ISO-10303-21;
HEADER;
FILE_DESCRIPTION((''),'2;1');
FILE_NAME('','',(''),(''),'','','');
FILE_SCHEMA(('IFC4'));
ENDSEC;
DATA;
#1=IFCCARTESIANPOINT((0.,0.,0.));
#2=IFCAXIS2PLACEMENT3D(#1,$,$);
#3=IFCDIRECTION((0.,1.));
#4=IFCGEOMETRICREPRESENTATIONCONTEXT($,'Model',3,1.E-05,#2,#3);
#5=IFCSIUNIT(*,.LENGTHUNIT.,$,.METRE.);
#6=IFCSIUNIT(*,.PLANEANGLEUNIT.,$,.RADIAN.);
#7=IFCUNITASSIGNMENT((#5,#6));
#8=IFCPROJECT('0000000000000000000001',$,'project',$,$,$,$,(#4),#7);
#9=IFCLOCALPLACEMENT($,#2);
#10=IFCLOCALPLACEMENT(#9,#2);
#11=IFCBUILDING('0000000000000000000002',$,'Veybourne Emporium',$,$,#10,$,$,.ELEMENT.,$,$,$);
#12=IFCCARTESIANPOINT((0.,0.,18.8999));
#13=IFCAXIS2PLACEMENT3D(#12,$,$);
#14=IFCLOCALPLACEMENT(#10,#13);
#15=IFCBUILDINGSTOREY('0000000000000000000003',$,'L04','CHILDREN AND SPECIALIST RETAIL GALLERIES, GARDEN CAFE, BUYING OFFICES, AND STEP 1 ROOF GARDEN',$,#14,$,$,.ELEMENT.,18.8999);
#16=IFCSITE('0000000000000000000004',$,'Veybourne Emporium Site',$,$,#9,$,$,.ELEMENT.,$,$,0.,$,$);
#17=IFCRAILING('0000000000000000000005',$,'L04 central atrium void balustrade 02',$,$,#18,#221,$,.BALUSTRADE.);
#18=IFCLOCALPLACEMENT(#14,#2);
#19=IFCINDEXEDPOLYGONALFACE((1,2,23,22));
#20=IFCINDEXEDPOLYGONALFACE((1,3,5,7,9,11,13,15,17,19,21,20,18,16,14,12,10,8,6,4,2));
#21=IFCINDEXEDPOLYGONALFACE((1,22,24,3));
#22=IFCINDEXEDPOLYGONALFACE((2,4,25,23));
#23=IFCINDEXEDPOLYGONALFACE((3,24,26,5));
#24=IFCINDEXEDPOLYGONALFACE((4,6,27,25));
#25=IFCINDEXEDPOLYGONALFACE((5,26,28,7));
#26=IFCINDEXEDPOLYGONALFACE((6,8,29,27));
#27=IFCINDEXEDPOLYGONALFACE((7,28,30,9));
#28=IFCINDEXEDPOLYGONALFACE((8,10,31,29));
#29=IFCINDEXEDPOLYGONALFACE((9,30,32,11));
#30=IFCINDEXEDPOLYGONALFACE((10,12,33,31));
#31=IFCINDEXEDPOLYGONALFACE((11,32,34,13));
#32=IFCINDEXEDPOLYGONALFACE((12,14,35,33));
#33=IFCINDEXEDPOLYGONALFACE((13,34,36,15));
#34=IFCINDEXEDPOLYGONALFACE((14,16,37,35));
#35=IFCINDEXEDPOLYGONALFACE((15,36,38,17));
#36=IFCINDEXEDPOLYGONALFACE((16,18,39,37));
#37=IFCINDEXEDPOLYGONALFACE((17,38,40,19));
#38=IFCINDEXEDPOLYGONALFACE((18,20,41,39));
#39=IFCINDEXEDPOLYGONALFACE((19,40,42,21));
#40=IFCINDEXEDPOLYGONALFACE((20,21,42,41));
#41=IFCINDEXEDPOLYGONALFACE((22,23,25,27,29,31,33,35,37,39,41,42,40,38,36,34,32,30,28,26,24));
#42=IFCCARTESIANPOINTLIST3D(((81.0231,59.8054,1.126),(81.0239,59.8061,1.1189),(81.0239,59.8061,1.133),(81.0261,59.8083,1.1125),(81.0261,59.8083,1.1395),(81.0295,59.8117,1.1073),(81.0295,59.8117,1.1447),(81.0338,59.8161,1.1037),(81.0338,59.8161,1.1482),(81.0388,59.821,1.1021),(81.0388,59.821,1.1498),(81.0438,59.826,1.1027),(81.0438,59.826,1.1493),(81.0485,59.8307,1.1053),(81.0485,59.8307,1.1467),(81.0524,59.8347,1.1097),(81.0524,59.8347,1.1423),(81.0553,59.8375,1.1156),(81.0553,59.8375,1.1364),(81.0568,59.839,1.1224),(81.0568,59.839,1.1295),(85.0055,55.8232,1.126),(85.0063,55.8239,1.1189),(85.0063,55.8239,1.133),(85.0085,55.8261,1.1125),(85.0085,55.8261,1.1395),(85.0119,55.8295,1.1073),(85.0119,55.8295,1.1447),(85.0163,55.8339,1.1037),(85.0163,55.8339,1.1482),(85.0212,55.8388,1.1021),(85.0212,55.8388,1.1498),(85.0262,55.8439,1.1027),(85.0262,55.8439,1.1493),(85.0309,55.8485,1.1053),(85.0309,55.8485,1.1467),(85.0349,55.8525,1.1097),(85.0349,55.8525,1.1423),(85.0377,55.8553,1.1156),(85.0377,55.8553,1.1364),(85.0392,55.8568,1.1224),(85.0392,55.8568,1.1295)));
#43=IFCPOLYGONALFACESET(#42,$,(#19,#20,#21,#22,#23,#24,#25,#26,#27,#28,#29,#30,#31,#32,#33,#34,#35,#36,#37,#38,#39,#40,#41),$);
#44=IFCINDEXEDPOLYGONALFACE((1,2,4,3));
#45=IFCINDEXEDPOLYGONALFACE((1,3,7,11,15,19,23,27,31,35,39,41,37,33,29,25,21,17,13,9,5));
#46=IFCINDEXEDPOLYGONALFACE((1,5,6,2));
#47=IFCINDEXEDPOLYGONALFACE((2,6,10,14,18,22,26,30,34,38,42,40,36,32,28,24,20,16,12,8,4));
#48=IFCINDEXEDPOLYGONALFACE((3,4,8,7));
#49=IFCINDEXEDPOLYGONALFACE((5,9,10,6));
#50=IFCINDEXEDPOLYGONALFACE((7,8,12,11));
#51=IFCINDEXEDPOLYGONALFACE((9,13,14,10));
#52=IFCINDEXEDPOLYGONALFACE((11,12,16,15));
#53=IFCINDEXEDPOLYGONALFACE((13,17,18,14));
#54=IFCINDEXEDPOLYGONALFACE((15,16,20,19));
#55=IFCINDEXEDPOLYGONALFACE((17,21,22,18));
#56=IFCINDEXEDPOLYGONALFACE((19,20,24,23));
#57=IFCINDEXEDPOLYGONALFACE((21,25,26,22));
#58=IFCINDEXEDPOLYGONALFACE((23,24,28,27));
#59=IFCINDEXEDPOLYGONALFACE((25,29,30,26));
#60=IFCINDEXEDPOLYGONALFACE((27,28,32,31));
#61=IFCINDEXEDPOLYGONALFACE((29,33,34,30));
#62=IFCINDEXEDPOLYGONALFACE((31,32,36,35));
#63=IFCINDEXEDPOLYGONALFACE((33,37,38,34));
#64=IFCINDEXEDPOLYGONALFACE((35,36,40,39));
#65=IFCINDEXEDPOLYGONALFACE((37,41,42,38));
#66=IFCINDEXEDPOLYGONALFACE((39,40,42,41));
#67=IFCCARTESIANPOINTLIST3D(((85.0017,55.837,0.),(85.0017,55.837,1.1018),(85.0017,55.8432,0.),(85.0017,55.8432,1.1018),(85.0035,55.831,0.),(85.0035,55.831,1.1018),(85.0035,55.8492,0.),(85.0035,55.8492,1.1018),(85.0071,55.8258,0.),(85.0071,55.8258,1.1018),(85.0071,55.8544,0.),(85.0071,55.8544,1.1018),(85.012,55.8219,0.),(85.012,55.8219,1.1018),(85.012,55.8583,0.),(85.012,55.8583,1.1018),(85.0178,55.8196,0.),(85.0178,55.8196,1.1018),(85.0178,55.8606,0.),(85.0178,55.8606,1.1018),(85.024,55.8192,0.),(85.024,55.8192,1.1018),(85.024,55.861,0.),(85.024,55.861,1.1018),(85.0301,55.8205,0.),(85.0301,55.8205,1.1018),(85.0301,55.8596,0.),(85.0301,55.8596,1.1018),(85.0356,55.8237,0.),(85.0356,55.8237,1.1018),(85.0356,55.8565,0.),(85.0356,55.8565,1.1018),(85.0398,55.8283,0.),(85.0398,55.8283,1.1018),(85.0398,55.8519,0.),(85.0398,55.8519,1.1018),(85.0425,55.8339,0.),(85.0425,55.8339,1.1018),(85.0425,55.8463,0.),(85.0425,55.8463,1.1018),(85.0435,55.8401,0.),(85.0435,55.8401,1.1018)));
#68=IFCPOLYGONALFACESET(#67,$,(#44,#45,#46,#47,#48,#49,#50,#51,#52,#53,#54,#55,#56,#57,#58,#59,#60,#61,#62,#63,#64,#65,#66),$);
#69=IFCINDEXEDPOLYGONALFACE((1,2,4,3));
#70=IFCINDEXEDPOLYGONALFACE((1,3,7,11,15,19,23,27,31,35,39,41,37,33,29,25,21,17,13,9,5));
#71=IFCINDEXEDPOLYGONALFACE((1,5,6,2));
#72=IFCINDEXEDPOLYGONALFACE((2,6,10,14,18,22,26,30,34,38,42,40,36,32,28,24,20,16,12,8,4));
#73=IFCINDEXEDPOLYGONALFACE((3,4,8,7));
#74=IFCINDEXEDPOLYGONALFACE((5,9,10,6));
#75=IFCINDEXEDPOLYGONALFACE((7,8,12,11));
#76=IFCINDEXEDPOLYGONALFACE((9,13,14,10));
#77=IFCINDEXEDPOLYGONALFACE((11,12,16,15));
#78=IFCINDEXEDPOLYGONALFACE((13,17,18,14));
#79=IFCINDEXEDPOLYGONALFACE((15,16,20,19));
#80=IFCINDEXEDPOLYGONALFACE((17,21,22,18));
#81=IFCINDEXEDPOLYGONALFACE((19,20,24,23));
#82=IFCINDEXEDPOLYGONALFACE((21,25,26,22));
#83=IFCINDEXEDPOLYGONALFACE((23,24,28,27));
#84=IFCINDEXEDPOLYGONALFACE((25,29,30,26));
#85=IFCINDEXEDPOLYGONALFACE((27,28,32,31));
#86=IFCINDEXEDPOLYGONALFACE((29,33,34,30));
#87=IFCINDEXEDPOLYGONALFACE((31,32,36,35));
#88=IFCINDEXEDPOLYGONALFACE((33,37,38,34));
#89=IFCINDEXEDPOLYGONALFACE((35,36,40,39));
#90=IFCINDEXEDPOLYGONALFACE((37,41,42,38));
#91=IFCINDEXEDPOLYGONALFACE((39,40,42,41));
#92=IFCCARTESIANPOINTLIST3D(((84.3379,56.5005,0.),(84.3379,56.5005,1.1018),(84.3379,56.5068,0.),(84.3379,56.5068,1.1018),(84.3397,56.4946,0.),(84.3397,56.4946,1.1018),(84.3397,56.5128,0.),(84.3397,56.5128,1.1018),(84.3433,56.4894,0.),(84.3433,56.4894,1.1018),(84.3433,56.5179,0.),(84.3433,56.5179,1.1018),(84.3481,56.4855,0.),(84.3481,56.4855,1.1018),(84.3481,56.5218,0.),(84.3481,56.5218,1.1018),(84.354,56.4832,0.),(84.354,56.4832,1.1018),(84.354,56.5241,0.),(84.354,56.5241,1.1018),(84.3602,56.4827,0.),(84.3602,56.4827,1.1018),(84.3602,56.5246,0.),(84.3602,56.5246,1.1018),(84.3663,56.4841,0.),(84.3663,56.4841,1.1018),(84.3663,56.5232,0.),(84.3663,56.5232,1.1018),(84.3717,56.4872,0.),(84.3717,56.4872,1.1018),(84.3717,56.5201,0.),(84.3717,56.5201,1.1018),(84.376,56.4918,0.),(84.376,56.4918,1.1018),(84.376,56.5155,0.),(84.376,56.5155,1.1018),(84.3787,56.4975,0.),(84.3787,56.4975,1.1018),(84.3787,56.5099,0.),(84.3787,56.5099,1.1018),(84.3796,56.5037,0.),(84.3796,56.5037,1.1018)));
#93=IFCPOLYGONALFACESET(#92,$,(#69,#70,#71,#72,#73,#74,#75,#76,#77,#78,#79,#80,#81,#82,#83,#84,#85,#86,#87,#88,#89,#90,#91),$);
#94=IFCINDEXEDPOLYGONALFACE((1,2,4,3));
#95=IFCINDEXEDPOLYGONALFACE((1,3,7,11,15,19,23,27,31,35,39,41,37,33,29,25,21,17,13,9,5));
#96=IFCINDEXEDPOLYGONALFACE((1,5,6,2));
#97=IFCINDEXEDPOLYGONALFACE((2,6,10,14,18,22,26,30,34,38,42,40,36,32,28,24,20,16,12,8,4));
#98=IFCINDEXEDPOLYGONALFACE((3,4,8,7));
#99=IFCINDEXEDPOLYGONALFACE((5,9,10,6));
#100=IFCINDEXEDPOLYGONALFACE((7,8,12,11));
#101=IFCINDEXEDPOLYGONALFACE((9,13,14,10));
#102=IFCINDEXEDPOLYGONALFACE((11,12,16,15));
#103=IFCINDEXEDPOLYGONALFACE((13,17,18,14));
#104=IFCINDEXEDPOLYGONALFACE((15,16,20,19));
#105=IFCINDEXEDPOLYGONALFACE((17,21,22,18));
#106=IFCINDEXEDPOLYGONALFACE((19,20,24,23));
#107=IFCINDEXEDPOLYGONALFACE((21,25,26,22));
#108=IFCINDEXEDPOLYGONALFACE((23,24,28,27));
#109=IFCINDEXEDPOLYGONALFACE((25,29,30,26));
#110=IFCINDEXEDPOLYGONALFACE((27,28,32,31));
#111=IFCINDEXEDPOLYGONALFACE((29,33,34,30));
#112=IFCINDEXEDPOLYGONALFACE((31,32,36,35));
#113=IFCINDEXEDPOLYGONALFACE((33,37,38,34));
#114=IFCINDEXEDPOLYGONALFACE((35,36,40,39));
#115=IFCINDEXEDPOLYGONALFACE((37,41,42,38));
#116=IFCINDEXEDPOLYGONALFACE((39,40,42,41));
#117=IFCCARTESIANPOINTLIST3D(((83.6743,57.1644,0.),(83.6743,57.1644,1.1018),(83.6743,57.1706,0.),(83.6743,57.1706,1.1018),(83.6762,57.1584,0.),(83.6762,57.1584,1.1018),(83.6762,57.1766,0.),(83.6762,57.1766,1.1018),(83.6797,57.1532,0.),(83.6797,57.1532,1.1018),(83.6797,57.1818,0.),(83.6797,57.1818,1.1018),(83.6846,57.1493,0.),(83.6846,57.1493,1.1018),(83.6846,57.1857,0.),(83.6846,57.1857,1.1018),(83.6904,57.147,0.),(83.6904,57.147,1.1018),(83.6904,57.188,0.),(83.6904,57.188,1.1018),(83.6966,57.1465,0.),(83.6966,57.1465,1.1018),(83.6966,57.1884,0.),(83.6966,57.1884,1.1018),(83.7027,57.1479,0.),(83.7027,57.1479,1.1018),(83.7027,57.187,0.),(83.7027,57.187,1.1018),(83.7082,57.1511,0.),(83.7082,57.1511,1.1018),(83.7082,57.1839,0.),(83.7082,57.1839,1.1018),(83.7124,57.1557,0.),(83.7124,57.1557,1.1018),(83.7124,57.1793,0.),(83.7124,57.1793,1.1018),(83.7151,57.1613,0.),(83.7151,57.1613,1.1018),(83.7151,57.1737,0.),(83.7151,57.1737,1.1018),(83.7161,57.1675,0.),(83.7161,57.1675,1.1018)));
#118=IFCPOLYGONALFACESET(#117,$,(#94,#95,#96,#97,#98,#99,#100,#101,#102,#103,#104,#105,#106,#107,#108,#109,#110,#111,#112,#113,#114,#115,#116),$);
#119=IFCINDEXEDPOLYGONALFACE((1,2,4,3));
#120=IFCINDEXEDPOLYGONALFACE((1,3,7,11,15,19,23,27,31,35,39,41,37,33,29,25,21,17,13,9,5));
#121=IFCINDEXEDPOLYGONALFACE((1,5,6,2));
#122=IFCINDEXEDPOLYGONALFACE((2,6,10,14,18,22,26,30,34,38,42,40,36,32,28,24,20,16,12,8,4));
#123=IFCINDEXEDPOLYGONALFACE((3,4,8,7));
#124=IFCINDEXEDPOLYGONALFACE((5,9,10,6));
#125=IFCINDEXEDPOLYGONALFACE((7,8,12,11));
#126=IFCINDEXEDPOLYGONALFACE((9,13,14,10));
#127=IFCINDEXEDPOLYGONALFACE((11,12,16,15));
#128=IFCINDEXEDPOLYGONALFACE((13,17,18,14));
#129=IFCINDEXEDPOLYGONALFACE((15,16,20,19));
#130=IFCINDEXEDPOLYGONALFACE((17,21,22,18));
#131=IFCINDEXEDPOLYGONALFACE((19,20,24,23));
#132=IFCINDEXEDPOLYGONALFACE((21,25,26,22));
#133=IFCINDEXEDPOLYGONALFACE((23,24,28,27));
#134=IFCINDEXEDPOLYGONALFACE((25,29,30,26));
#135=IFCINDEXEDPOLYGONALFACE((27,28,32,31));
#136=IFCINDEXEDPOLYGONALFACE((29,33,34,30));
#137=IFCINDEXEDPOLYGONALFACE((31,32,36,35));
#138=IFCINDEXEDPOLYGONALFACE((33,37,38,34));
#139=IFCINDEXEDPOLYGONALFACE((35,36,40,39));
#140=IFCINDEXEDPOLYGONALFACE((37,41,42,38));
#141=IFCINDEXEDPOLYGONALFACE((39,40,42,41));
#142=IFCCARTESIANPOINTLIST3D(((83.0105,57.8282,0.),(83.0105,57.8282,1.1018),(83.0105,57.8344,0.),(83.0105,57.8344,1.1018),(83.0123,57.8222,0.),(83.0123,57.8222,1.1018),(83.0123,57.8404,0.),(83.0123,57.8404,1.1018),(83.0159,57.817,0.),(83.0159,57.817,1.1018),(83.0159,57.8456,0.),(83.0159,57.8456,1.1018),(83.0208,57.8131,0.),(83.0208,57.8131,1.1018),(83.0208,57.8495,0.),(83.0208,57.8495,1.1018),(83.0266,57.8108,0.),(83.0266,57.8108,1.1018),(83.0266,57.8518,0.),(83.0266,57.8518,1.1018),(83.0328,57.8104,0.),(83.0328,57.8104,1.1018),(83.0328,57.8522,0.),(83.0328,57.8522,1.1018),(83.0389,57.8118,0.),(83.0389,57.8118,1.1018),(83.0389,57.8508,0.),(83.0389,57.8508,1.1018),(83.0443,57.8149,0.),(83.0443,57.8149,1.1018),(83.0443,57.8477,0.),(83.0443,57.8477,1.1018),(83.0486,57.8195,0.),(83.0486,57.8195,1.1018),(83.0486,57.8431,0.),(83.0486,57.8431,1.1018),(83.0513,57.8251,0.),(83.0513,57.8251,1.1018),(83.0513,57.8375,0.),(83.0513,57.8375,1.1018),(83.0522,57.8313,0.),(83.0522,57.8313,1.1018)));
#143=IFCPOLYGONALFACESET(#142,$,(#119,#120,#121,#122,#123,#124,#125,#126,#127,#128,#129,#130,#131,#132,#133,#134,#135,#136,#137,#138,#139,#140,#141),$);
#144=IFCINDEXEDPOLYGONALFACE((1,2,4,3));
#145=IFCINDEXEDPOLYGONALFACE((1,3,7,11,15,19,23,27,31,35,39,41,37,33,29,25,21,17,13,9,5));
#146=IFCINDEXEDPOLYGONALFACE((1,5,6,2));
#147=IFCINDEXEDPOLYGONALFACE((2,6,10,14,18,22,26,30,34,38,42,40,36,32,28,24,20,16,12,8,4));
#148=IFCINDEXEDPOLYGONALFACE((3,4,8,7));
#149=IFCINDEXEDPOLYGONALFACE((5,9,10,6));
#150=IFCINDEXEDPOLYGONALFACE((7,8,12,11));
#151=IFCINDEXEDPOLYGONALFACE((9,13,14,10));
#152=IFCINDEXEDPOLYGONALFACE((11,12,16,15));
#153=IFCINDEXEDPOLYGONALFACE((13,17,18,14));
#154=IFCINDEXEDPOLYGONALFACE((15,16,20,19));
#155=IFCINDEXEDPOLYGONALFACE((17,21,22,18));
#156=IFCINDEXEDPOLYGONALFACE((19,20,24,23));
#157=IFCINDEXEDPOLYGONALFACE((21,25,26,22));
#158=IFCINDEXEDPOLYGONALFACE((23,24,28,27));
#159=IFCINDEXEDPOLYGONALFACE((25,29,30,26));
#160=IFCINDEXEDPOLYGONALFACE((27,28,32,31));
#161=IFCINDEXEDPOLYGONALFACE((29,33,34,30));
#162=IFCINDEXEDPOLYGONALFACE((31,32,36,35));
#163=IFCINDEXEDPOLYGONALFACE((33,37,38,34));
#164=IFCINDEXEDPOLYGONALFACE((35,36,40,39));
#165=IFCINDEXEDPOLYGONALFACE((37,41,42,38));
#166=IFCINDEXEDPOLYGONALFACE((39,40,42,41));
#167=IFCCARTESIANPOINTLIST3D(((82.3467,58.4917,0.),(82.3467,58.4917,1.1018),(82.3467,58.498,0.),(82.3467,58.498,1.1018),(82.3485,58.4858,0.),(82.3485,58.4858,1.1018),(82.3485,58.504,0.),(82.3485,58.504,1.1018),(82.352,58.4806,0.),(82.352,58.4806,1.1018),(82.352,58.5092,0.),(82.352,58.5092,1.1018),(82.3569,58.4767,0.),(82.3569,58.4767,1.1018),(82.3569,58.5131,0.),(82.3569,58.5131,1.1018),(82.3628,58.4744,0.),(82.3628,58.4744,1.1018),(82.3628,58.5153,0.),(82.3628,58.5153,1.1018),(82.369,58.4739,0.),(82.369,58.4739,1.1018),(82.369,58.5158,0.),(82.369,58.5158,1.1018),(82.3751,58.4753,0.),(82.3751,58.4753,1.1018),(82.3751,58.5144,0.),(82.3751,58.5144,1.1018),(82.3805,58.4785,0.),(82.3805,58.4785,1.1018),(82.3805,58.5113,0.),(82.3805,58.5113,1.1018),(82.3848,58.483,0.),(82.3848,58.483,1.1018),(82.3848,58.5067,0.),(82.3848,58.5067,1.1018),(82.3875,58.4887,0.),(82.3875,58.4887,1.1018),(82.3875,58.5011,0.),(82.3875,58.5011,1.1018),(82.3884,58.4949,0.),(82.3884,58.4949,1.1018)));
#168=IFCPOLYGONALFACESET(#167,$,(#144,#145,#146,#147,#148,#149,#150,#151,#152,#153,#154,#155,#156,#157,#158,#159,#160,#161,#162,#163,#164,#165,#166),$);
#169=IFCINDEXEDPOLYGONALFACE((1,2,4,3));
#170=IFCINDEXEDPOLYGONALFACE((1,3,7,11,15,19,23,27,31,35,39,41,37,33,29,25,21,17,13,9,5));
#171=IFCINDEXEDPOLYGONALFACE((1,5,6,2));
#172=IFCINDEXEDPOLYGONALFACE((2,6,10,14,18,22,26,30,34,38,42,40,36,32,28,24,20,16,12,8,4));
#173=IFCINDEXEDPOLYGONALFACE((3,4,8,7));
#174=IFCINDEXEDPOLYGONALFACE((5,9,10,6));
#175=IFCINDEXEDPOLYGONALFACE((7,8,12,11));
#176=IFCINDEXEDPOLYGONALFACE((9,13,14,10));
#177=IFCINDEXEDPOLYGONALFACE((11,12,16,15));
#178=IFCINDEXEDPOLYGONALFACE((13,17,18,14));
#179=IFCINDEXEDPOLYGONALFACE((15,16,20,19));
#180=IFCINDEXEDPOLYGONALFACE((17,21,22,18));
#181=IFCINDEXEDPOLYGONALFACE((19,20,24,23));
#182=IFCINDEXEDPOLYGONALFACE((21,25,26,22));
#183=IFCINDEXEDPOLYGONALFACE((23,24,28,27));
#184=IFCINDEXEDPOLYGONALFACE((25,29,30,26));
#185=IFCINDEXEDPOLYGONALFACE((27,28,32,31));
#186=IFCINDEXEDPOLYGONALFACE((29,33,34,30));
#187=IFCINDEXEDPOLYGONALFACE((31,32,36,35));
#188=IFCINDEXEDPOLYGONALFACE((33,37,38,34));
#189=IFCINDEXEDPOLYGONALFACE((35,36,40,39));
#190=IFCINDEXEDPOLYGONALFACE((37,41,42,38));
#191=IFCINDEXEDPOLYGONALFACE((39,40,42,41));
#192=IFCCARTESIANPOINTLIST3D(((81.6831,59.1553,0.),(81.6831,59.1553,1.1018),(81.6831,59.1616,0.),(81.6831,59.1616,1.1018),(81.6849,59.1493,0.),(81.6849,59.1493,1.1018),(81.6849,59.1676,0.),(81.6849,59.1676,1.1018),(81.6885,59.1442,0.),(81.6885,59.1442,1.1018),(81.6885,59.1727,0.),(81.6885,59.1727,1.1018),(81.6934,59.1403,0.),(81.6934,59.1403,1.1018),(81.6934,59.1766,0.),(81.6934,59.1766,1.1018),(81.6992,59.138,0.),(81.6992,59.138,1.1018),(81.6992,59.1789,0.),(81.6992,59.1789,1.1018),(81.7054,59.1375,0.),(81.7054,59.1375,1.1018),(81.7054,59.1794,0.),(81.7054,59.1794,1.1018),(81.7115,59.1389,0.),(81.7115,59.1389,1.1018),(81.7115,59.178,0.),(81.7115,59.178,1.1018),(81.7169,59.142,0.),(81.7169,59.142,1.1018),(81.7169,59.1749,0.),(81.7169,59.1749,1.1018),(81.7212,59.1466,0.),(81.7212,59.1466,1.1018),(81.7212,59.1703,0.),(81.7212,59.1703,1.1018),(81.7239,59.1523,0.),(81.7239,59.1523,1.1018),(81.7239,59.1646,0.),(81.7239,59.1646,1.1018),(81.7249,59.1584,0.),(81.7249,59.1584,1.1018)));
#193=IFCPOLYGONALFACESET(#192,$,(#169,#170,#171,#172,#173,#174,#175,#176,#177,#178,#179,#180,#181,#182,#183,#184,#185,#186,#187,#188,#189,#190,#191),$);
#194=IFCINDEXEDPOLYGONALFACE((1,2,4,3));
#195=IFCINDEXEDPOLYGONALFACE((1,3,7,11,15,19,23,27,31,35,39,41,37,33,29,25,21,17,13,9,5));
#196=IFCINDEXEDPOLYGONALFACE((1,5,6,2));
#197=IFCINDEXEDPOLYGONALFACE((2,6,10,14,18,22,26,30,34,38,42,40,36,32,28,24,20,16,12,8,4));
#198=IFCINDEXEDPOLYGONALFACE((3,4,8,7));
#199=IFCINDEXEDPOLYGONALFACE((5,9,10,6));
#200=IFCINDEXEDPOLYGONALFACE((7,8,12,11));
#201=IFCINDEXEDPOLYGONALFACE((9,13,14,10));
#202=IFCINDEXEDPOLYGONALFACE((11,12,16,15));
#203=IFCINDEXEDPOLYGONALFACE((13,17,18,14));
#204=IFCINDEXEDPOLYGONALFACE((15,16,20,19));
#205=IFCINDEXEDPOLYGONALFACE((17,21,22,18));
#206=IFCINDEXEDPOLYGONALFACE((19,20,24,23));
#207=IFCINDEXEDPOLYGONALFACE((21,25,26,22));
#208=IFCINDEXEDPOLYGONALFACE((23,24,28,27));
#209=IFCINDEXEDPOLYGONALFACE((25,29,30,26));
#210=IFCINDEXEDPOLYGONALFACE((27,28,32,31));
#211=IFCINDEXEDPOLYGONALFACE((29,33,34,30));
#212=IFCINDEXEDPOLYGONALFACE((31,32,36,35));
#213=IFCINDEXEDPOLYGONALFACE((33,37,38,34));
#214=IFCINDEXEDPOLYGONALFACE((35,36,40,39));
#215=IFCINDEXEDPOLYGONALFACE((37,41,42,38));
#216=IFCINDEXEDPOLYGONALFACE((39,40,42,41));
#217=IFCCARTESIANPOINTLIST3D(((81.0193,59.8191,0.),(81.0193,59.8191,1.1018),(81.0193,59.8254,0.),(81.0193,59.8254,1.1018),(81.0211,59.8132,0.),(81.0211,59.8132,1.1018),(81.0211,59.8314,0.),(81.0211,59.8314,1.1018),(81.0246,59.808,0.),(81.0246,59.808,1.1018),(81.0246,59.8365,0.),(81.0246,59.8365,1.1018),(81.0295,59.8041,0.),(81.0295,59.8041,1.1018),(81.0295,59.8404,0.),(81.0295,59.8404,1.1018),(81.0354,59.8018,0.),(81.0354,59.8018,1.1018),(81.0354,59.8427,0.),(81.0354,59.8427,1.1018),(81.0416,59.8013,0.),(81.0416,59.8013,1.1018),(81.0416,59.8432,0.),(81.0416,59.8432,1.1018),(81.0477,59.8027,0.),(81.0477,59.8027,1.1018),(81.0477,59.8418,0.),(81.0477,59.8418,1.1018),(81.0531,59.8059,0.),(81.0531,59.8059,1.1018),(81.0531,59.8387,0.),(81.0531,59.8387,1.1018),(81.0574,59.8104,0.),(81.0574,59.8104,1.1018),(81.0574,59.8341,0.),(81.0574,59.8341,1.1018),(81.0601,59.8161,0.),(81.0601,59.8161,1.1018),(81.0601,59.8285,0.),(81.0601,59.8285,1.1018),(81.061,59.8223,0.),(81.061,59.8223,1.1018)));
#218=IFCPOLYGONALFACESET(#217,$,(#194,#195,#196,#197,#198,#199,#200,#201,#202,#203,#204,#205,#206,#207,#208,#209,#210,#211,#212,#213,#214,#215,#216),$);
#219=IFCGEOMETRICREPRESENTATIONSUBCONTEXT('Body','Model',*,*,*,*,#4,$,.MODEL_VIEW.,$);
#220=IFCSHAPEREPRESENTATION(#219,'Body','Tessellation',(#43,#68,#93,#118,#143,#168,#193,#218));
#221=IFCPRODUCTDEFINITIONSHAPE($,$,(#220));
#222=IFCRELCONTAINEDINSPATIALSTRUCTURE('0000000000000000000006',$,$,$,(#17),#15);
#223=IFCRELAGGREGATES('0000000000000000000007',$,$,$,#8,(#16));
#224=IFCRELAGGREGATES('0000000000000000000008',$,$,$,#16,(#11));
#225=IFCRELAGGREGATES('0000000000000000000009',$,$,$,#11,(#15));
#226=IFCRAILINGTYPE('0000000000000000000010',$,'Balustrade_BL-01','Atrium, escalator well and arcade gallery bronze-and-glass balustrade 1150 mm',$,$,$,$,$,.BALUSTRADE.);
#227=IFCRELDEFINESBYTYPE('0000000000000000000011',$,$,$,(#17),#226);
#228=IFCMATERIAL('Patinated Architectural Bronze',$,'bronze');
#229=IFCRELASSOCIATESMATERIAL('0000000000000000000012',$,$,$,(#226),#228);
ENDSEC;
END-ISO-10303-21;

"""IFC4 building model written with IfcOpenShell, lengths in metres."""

from ifc_helpers import new_model, si_unit, direction, frame, origin, origin_2d, place, context, subcontext, project, spatial, circle, extrude, material, type_object, element, save


model = new_model("IFC4")

# Units and contexts
model_context = context("Model", 3, precision=1e-05, world=origin(), true_north=direction((0.0, 1.0)))
body_context = subcontext(model_context, "Body", "Model", "MODEL_VIEW")
ifc_project = project(units=[si_unit("LENGTHUNIT", "METRE"), si_unit("PLANEANGLEUNIT", "RADIAN")], contexts=[model_context])

# Site, building, storey
site_placement = place(None, origin())
site = spatial("IfcSite", under=ifc_project, at=site_placement, Name="Veybourne Emporium Site", CompositionType="ELEMENT", RefElevation=0.0)
building_placement = place(site_placement, origin())
building = spatial("IfcBuilding", under=site, at=building_placement, Name="Veybourne Emporium", CompositionType="ELEMENT")
storey_placement = place(building_placement, frame((0.0, 0.0, 18.8999)))
storey = spatial("IfcBuildingStorey", under=building, at=storey_placement, Name="L04", Description="CHILDREN AND SPECIALIST RETAIL GALLERIES, GARDEN CAFE, BUYING OFFICES, AND STEP 1 ROOF GARDEN", CompositionType="ELEMENT", Elevation=18.8999)

# Railing
ifc_material_1 = material(Name="Patinated Architectural Bronze", Category="bronze")
railing_type_1 = type_object("IfcRailingType", Name="Balustrade_BL-01", Description="Atrium, escalator well and arcade gallery bronze-and-glass balustrade 1150 mm", PredefinedType="BALUSTRADE", material=ifc_material_1)
railing_1_placement = place(storey_placement, frame((85.0225, 55.8401, 0.0)))
element("IfcRailing", 1, at=railing_1_placement, inside=storey, type_object=railing_type_1, Name="L04 central atrium void balustrade 02", PredefinedType="BALUSTRADE", context=body_context, shape_type="SweptSolid", body=[
    extrude(circle(Radius=0.0239, at=origin_2d()), frame((0.0, 0.0, 1.126), z_axis=(-0.707128, 0.707085, 0.0), x_axis=(-0.707085, -0.707128, 0.0)), (0.0, 0.0, 1.0), 5.6318),
    extrude(circle(Radius=0.021, at=origin_2d()), origin(), (0.0, 0.0, 1.0), 1.1018),
    extrude(circle(Radius=0.021, at=origin_2d()), frame((-0.6638, 0.6636, 0.0)), (0.0, 0.0, 1.0), 1.1018),
    extrude(circle(Radius=0.021, at=origin_2d()), frame((-1.3274, 1.3274, 0.0)), (0.0, 0.0, 1.0), 1.1018),
    extrude(circle(Radius=0.021, at=origin_2d()), frame((-1.9912, 1.9912, 0.0)), (0.0, 0.0, 1.0), 1.1018),
    extrude(circle(Radius=0.021, at=origin_2d()), frame((-2.655, 2.6548, 0.0)), (0.0, 0.0, 1.0), 1.1018),
    extrude(circle(Radius=0.021, at=origin_2d()), frame((-3.3186, 3.3184, 0.0)), (0.0, 0.0, 1.0), 1.1018),
    extrude(circle(Radius=0.021, at=origin_2d()), frame((-3.9824, 3.9822, 0.0)), (0.0, 0.0, 1.0), 1.1018),
])

save(model, "model.ifc")
